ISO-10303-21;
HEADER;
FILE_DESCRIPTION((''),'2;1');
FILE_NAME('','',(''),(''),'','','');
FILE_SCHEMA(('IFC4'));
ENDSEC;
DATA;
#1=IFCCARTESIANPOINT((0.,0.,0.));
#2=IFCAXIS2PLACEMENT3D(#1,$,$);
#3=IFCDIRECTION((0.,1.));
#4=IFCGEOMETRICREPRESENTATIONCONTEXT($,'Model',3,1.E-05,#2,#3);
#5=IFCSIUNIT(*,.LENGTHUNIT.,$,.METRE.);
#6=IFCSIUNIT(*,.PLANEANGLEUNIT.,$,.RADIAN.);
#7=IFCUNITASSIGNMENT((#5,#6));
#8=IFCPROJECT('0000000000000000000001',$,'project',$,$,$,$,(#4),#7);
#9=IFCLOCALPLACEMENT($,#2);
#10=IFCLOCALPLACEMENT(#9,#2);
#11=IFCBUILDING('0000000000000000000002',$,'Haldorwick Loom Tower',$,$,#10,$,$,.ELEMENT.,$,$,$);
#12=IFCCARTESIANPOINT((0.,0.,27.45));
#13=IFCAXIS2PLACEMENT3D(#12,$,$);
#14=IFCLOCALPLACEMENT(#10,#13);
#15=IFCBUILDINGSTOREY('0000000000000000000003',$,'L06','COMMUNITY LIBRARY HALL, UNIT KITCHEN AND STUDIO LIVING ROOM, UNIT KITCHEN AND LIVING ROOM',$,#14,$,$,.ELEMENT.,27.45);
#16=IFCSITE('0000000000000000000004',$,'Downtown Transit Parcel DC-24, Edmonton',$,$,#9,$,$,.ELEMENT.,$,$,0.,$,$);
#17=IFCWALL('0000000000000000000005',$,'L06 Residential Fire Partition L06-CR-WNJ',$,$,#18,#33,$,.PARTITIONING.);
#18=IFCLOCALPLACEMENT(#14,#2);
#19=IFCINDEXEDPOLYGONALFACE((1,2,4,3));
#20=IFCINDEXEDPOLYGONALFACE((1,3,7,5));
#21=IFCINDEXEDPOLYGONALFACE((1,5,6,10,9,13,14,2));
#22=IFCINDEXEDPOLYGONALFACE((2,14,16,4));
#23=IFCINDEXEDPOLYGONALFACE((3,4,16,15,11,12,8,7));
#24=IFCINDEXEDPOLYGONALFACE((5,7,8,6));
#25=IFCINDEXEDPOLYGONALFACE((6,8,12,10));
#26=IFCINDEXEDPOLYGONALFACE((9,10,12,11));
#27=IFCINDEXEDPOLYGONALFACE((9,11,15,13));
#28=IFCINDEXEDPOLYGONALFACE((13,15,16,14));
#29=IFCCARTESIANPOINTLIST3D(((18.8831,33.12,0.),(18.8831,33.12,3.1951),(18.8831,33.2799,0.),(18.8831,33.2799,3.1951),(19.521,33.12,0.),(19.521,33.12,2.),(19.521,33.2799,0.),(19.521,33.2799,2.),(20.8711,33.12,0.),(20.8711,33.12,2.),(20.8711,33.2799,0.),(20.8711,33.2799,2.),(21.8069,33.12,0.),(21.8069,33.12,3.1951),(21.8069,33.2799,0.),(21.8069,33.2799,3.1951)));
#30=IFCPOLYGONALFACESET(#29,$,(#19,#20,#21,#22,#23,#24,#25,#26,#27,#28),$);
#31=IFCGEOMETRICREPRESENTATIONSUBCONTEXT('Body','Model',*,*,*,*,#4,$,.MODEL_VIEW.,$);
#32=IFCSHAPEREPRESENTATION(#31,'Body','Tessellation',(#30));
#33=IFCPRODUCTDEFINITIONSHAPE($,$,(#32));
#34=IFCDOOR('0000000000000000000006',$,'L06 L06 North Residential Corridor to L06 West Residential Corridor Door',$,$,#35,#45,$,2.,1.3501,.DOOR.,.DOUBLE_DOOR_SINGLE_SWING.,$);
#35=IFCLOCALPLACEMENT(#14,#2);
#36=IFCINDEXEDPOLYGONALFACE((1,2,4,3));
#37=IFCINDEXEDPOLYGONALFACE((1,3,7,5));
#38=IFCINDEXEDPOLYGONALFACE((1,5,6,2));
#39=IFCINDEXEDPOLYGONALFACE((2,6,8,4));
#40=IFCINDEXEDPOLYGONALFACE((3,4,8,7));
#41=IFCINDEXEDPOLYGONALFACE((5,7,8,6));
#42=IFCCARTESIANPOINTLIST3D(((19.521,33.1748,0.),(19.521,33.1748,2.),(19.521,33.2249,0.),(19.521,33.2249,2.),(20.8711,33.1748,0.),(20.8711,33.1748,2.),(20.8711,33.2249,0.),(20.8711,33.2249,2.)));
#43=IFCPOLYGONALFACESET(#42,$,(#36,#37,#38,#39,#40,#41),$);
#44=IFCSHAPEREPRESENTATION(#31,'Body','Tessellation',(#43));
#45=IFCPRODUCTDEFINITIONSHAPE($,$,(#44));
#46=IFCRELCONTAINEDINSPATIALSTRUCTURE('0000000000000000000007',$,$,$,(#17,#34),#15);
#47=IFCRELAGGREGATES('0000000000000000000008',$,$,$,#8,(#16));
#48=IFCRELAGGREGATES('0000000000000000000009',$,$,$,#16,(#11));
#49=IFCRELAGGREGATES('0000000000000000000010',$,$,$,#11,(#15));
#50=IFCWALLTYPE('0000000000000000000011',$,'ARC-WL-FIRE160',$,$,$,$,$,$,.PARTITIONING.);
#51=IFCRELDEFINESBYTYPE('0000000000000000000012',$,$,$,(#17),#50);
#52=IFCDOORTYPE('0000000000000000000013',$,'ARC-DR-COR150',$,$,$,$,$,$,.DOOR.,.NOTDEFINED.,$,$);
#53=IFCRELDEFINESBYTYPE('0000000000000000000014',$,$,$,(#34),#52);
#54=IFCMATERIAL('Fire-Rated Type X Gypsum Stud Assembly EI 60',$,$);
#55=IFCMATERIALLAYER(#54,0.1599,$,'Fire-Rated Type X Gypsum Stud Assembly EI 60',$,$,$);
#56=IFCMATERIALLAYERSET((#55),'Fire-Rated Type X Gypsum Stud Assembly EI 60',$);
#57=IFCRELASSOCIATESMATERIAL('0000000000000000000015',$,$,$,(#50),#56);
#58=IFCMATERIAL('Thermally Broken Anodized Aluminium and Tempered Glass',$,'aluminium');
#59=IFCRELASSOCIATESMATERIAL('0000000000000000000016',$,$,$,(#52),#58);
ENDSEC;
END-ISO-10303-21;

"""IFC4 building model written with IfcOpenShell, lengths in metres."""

from ifc_helpers import new_model, si_unit, direction, frame, frame_2d, origin, place, context, subcontext, project, spatial, rectangle, extrude, material, layer, layer_set, type_object, element, fill, save


model = new_model("IFC4")

# Units and contexts
model_context = context("Model", 3, precision=1e-05, world=origin(), true_north=direction((0.0, 1.0)))
body_context = subcontext(model_context, "Body", "Model", "MODEL_VIEW")
ifc_project = project(units=[si_unit("LENGTHUNIT", "METRE"), si_unit("PLANEANGLEUNIT", "RADIAN")], contexts=[model_context])

# Site, building, storey
site_placement = place(None, origin())
site = spatial("IfcSite", under=ifc_project, at=site_placement, Name="Downtown Transit Parcel DC-24, Edmonton", CompositionType="ELEMENT", RefElevation=0.0)
building_placement = place(site_placement, origin())
building = spatial("IfcBuilding", under=site, at=building_placement, Name="Haldorwick Loom Tower", CompositionType="ELEMENT")
storey_placement = place(building_placement, frame((0.0, 0.0, 27.45)))
storey = spatial("IfcBuildingStorey", under=building, at=storey_placement, Name="L06", Description="COMMUNITY LIBRARY HALL, UNIT KITCHEN AND STUDIO LIVING ROOM, UNIT KITCHEN AND LIVING ROOM", CompositionType="ELEMENT", Elevation=27.45)

# Wall, opening, door
ifc_material_1 = material(Name="Fire-Rated Type X Gypsum Stud Assembly EI 60")
ifc_layer_1 = layer(ifc_material_1, 0.1599, Name="Fire-Rated Type X Gypsum Stud Assembly EI 60")
ifc_layer_set_1 = layer_set([ifc_layer_1], Name="Fire-Rated Type X Gypsum Stud Assembly EI 60")
wall_type_1 = type_object("IfcWallType", Name="ARC-WL-FIRE160", PredefinedType="PARTITIONING", material=ifc_layer_set_1)
wall_1_placement = place(storey_placement, frame((18.8831, 33.2, 0.0), z_axis=(0.0, 0.0, 1.0), x_axis=(1.0, 0.0, 0.0)))
wall_1 = element("IfcWall", 1, at=wall_1_placement, inside=storey, type_object=wall_type_1, Name="L06 Residential Fire Partition L06-CR-WNJ", PredefinedType="PARTITIONING", context=body_context, shape_type="SweptSolid", body=[
    extrude(rectangle(XDim=2.9238, YDim=0.1599, at=frame_2d((1.4619, 0.0))), origin(), (0.0, 0.0, 1.0), 3.1951),
])
opening_1_placement = place(wall_1_placement, frame((0.6379, 0.0, 0.0)))
opening_1 = element("IfcOpeningElement", 2, at=opening_1_placement, cuts=wall_1, PredefinedType="OPENING", context=body_context, shape_type="SweptSolid", body=[
    extrude(rectangle(XDim=1.3501, YDim=2.0, at=frame_2d((0.675, 1.0))), frame((0.0, 0.0898, 0.0), z_axis=(0.0, -1.0, 0.0), x_axis=(1.0, 0.0, 0.0)), (0.0, 0.0, 1.0), 0.1799),
])
ifc_material_2 = material(Name="Thermally Broken Anodized Aluminium and Tempered Glass", Category="aluminium")
door_type_1 = type_object("IfcDoorType", Name="ARC-DR-COR150", OperationType="NOTDEFINED", PredefinedType="DOOR", material=ifc_material_2)
door_1_placement = place(opening_1_placement, origin())
door_1 = element("IfcDoor", 3, at=door_1_placement, inside=storey, type_object=door_type_1, Name="L06 L06 North Residential Corridor to L06 West Residential Corridor Door", OperationType="DOUBLE_DOOR_SINGLE_SWING", OverallHeight=2.0, OverallWidth=1.3501, PredefinedType="DOOR", context=body_context, shape_type="SweptSolid", body=[
    extrude(rectangle(XDim=1.3501, YDim=2.0, at=frame_2d((0.675, 1.0))), frame((0.0, 0.0249, 0.0), z_axis=(0.0, -1.0, 0.0), x_axis=(1.0, 0.0, 0.0)), (0.0, 0.0, 1.0), 0.05),
])
fill(opening_1, door_1)

save(model, "model.ifc")
